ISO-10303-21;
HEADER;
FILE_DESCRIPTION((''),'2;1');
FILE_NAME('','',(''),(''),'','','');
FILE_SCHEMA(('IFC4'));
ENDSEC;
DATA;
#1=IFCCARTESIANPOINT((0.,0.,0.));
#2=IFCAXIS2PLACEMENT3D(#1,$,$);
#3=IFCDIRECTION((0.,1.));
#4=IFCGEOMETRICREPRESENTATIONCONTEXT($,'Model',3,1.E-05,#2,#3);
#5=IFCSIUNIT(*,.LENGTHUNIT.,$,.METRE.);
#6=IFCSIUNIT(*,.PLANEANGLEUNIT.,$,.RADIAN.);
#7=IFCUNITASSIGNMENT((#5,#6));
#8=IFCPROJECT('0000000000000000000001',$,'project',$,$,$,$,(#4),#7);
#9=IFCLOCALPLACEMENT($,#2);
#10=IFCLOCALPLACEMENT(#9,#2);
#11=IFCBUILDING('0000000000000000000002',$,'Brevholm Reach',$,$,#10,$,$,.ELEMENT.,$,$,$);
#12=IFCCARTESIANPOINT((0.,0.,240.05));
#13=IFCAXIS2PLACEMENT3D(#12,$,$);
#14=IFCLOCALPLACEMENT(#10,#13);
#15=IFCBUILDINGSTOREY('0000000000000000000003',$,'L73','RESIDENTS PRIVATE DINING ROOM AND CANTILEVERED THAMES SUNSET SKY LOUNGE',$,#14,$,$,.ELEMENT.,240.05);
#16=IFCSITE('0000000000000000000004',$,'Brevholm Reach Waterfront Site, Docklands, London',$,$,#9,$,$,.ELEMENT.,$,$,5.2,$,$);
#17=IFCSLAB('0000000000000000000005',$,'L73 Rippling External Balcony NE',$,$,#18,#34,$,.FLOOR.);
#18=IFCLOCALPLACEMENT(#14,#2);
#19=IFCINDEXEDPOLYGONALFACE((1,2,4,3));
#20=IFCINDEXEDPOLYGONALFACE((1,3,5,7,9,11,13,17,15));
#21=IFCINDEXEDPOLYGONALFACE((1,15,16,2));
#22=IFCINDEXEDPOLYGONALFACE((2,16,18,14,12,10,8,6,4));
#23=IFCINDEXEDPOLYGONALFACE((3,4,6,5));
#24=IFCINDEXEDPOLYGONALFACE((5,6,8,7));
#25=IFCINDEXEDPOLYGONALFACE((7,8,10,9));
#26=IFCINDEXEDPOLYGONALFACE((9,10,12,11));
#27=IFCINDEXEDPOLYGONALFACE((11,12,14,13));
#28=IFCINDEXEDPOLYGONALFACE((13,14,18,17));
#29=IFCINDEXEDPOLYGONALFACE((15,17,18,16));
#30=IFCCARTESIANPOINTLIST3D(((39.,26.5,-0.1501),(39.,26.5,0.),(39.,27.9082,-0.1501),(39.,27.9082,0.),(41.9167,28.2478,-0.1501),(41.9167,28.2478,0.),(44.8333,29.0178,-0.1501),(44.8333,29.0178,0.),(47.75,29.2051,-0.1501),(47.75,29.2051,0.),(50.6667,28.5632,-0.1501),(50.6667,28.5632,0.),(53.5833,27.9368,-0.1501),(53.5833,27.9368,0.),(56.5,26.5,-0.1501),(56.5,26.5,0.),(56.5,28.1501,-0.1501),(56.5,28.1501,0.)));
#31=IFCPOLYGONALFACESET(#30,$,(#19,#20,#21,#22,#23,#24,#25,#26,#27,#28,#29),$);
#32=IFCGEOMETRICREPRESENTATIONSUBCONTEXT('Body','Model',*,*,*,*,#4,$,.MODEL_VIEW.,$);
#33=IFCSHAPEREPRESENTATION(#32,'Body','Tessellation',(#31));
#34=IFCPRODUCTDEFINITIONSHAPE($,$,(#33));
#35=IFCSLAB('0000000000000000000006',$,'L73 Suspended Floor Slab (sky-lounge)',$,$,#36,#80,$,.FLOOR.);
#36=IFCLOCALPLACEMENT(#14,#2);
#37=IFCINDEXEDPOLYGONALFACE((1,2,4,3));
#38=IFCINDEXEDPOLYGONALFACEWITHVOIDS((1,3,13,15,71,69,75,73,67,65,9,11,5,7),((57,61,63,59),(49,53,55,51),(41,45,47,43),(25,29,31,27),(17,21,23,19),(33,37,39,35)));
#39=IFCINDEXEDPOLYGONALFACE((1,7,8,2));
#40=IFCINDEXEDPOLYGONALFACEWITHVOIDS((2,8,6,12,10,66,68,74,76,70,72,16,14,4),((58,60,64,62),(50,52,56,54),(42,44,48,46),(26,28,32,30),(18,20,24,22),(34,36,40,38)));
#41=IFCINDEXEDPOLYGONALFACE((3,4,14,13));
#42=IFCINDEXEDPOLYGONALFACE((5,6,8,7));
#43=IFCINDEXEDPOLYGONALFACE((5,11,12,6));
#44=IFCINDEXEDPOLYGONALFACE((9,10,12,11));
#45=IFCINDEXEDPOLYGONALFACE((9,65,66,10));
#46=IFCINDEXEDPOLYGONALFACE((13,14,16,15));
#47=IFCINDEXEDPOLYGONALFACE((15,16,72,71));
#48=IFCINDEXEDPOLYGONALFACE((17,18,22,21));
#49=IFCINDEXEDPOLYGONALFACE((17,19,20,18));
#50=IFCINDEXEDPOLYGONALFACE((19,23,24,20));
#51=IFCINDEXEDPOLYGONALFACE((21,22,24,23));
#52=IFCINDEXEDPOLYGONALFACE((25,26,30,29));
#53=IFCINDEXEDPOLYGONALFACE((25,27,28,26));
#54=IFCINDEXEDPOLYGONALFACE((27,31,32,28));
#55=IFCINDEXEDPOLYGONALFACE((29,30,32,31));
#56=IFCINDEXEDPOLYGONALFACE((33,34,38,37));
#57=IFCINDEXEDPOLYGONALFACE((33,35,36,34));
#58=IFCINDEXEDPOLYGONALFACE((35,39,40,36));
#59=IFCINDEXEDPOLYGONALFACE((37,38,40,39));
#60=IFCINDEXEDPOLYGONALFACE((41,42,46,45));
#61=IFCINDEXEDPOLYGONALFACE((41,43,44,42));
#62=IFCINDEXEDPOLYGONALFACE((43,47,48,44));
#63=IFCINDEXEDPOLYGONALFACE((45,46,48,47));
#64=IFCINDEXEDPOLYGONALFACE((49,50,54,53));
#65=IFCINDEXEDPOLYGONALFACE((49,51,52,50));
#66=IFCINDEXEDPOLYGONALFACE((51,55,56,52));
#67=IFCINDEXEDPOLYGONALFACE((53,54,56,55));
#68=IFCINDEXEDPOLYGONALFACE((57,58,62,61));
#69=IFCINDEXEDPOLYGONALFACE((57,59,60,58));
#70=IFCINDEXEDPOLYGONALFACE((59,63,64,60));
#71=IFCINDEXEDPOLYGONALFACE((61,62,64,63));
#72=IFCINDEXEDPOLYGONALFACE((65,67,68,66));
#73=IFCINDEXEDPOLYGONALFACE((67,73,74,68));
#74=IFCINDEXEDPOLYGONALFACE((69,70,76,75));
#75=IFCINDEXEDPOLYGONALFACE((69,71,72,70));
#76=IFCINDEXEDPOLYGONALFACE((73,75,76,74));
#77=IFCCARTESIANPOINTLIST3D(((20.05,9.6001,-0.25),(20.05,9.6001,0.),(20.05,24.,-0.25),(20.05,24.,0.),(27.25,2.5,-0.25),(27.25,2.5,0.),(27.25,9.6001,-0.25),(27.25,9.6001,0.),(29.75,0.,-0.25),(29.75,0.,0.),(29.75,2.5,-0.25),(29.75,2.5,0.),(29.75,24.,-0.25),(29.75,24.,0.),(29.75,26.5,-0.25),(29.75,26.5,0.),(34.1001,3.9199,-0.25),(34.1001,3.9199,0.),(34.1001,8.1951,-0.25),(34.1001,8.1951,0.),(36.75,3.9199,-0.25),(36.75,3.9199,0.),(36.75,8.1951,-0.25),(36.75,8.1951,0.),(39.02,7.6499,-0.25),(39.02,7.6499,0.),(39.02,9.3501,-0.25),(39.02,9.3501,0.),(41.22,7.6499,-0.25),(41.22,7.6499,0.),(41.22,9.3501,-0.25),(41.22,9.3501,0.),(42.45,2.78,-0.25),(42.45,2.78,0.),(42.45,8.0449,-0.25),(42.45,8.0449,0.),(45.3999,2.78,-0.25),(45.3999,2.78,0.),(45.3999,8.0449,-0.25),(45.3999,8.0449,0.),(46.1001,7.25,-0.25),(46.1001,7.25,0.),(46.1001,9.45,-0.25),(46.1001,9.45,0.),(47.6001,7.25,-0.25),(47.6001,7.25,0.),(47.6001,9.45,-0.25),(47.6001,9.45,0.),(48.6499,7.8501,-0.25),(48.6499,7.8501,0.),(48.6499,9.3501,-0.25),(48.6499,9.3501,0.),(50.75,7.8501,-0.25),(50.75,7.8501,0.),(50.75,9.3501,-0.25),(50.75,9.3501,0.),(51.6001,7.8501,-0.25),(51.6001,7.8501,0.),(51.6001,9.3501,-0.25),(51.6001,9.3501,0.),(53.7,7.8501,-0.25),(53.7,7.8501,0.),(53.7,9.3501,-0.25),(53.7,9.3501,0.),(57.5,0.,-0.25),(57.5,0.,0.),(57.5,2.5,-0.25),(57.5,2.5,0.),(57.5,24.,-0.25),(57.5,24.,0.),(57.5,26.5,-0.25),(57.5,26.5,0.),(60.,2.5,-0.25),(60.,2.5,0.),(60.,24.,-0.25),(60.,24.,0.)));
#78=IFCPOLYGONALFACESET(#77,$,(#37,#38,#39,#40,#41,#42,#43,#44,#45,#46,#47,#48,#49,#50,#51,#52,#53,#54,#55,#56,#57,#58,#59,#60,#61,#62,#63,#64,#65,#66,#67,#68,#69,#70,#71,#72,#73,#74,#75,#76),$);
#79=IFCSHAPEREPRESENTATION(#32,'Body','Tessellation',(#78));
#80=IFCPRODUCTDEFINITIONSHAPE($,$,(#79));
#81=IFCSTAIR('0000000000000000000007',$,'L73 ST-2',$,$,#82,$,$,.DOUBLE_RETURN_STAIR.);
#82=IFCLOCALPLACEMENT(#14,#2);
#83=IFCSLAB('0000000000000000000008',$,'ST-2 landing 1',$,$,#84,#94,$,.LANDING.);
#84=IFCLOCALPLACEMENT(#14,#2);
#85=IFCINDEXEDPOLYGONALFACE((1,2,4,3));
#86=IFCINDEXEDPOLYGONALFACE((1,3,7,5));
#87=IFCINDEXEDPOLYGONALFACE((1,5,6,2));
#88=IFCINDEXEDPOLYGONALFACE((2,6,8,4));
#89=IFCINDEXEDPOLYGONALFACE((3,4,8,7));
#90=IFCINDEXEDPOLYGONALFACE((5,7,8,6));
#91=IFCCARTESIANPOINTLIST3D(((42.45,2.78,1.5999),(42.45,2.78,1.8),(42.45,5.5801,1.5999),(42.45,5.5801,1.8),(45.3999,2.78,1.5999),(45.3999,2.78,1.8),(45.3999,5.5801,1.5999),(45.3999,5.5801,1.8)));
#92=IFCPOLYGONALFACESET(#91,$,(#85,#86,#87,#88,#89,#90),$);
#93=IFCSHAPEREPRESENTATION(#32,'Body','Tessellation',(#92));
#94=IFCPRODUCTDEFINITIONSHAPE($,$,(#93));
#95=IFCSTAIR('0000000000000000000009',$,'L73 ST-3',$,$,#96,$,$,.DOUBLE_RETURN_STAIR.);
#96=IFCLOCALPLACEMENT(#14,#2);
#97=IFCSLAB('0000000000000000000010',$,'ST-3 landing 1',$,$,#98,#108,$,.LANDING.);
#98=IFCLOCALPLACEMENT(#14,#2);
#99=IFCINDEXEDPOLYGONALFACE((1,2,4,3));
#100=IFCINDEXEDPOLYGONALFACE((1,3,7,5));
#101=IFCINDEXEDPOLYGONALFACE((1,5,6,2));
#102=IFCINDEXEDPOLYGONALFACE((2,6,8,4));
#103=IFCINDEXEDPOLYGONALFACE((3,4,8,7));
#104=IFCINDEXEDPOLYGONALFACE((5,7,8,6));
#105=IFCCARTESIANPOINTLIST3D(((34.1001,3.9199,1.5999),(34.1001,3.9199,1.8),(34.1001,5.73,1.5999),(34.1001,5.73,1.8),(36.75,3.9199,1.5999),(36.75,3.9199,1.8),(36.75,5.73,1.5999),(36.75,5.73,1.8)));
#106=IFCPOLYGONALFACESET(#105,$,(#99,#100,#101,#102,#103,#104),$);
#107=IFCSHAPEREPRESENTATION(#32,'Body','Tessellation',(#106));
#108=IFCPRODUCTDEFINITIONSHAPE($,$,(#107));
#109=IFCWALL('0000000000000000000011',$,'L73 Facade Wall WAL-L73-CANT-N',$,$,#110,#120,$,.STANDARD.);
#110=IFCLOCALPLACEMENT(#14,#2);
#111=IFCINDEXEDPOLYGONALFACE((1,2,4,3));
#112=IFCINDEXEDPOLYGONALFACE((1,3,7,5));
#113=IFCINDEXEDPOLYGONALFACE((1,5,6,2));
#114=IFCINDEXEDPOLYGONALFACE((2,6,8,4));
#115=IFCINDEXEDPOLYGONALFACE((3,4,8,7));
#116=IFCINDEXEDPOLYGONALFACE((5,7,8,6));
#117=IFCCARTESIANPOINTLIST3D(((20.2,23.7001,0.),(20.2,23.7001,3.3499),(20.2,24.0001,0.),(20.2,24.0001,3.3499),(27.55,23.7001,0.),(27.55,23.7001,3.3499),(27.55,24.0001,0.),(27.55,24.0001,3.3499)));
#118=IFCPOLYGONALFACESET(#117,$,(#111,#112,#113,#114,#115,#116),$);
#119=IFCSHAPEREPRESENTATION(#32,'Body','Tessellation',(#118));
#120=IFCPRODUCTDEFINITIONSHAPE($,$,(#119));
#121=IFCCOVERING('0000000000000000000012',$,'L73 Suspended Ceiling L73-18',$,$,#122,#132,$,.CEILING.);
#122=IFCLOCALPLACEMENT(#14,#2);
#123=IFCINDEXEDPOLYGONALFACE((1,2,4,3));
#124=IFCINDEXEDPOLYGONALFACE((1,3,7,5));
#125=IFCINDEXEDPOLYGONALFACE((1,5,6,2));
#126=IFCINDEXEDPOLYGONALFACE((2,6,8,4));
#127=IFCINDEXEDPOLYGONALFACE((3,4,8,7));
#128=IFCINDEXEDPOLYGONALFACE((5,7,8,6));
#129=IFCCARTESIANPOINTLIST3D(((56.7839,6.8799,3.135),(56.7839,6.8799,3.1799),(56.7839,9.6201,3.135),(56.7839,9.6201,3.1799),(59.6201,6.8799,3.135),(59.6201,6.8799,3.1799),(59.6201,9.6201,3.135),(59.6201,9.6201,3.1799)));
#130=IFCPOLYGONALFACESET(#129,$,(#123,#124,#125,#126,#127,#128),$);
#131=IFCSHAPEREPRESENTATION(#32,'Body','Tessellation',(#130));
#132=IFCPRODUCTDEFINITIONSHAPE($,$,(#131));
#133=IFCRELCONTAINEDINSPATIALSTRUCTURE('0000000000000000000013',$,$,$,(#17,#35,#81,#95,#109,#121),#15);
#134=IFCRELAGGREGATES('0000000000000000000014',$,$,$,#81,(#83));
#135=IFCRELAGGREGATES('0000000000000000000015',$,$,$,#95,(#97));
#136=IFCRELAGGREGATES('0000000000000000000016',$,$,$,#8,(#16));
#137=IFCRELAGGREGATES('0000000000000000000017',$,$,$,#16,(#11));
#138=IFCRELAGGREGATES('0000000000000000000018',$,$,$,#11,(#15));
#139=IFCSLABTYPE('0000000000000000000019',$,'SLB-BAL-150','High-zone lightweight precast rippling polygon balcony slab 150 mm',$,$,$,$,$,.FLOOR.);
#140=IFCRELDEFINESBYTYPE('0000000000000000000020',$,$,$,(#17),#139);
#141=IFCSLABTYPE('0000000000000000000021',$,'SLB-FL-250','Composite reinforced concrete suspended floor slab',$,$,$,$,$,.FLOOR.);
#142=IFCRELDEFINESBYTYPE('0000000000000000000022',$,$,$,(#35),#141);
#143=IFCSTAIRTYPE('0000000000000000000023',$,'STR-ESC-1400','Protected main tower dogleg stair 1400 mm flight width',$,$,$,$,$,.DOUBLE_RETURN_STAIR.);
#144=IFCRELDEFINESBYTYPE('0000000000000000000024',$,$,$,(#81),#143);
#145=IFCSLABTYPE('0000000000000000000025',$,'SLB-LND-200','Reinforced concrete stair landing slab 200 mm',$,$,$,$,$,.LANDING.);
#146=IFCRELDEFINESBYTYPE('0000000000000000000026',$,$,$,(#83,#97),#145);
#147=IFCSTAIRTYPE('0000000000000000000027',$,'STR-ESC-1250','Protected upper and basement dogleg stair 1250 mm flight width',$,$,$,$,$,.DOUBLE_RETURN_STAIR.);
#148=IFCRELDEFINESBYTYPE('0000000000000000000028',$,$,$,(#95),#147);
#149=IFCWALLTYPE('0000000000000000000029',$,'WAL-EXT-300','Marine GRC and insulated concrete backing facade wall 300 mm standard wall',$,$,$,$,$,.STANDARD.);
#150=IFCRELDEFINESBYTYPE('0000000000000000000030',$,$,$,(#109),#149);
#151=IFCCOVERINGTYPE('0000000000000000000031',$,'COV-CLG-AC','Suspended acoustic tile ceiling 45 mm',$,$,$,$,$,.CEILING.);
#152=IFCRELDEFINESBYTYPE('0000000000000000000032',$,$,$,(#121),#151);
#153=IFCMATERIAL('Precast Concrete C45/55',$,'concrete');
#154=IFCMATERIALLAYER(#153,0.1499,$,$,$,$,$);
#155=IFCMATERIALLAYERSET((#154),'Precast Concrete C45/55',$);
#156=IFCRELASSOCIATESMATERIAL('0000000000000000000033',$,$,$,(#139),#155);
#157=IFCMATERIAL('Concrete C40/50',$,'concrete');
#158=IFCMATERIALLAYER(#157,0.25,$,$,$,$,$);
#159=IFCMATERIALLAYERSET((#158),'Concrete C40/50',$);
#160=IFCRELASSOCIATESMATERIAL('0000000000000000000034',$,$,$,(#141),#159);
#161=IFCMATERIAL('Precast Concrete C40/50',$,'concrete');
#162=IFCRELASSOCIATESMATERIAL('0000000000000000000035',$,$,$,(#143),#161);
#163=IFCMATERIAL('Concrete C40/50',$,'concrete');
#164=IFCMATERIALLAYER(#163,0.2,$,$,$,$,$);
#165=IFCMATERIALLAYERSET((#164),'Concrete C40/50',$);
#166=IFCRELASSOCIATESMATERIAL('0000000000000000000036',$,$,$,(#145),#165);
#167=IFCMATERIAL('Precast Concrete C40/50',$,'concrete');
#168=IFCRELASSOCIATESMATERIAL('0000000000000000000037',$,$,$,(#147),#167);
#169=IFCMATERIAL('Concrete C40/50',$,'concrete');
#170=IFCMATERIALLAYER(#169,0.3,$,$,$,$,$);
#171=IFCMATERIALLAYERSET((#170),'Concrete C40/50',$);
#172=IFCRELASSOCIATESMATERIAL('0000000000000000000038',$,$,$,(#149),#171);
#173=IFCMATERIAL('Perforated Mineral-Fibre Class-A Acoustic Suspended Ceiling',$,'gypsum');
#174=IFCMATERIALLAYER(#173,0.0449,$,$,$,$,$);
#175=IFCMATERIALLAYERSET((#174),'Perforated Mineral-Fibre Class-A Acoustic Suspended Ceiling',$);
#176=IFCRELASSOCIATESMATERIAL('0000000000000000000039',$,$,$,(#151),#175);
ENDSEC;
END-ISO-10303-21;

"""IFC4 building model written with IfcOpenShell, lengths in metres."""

from ifc_helpers import new_model, si_unit, direction, frame, frame_2d, origin, place, context, subcontext, project, spatial, polyline, rectangle, outline, extrude, material, layer, layer_set, type_object, element, aggregate, save


model = new_model("IFC4")

# Units and contexts
model_context = context("Model", 3, precision=1e-05, world=origin(), true_north=direction((0.0, 1.0)))
body_context = subcontext(model_context, "Body", "Model", "MODEL_VIEW")
ifc_project = project(units=[si_unit("LENGTHUNIT", "METRE"), si_unit("PLANEANGLEUNIT", "RADIAN")], contexts=[model_context])

# Site, building, storey
site_placement = place(None, origin())
site = spatial("IfcSite", under=ifc_project, at=site_placement, Name="Brevholm Reach Waterfront Site, Docklands, London", CompositionType="ELEMENT", RefElevation=5.2)
building_placement = place(site_placement, origin())
building = spatial("IfcBuilding", under=site, at=building_placement, Name="Brevholm Reach", CompositionType="ELEMENT")
storey_placement = place(building_placement, frame((0.0, 0.0, 240.05)))
storey = spatial("IfcBuildingStorey", under=building, at=storey_placement, Name="L73", Description="RESIDENTS PRIVATE DINING ROOM AND CANTILEVERED THAMES SUNSET SKY LOUNGE", CompositionType="ELEMENT", Elevation=240.05)

# Slabs
ifc_material_1 = material(Name="Precast Concrete C45/55", Category="concrete")
ifc_layer_1 = layer(ifc_material_1, 0.1499)
ifc_layer_set_1 = layer_set([ifc_layer_1], Name="Precast Concrete C45/55")
slab_type_1 = type_object("IfcSlabType", Name="SLB-BAL-150", Description="High-zone lightweight precast rippling polygon balcony slab 150 mm", PredefinedType="FLOOR", material=ifc_layer_set_1)
slab_1_placement = place(storey_placement, frame((0.0, 0.0, -0.1501)))
element("IfcSlab", 1, at=slab_1_placement, inside=storey, type_object=slab_type_1, Name="L73 Rippling External Balcony NE", PredefinedType="FLOOR", context=body_context, shape_type="SweptSolid", body=[
    extrude(outline(polyline([(39.0, 26.5), (56.5, 26.5), (56.5, 28.1501), (53.5833, 27.9368), (50.6667, 28.5632), (47.75, 29.2051), (44.8333, 29.0178), (41.9167, 28.2478), (39.0, 27.9082), (39.0, 26.5)])), origin(), (0.0, 0.0, 1.0), 0.1501),
])
ifc_material_2 = material(Name="Concrete C40/50", Category="concrete")
ifc_layer_2 = layer(ifc_material_2, 0.25)
ifc_layer_set_2 = layer_set([ifc_layer_2], Name="Concrete C40/50")
slab_type_2 = type_object("IfcSlabType", Name="SLB-FL-250", Description="Composite reinforced concrete suspended floor slab", PredefinedType="FLOOR", material=ifc_layer_set_2)
slab_2_placement = place(storey_placement, frame((0.0, 0.0, -0.25)))
element("IfcSlab", 2, at=slab_2_placement, inside=storey, type_object=slab_type_2, Name="L73 Suspended Floor Slab (sky-lounge)", PredefinedType="FLOOR", context=body_context, shape_type="SweptSolid", body=[
    extrude(outline(polyline([(29.75, 0.0), (57.5, 0.0), (57.5, 2.5), (60.0, 2.5), (60.0, 24.0), (57.5, 24.0), (57.5, 26.5), (29.75, 26.5), (29.75, 24.0), (20.05, 24.0), (20.05, 9.6001), (27.25, 9.6001), (27.25, 2.5), (29.75, 2.5), (29.75, 0.0)]), holes=[polyline([(42.45, 2.78), (45.3999, 2.78), (45.3999, 8.0449), (42.45, 8.0449), (42.45, 2.78)]), polyline([(34.1001, 3.9199), (36.75, 3.9199), (36.75, 8.1951), (34.1001, 8.1951), (34.1001, 3.9199)]), polyline([(46.1001, 7.25), (47.6001, 7.25), (47.6001, 9.45), (46.1001, 9.45), (46.1001, 7.25)]), polyline([(39.02, 7.6499), (41.22, 7.6499), (41.22, 9.3501), (39.02, 9.3501), (39.02, 7.6499)]), polyline([(48.6499, 7.8501), (50.75, 7.8501), (50.75, 9.3501), (48.6499, 9.3501), (48.6499, 7.8501)]), polyline([(51.6001, 7.8501), (53.7, 7.8501), (53.7, 9.3501), (51.6001, 9.3501), (51.6001, 7.8501)])]), origin(), (0.0, 0.0, 1.0), 0.25),
])

# Stairs, slabs
ifc_material_3 = material(Name="Precast Concrete C40/50", Category="concrete")
stair_type_1 = type_object("IfcStairType", Name="STR-ESC-1400", Description="Protected main tower dogleg stair 1400 mm flight width", PredefinedType="DOUBLE_RETURN_STAIR", material=ifc_material_3)
stair_1_placement = place(storey_placement, origin())
stair_1 = element("IfcStair", 3, at=stair_1_placement, inside=storey, type_object=stair_type_1, Name="L73 ST-2", PredefinedType="DOUBLE_RETURN_STAIR")
ifc_material_4 = material(Name="Concrete C40/50", Category="concrete")
ifc_layer_3 = layer(ifc_material_4, 0.2)
ifc_layer_set_3 = layer_set([ifc_layer_3], Name="Concrete C40/50")
slab_type_3 = type_object("IfcSlabType", Name="SLB-LND-200", Description="Reinforced concrete stair landing slab 200 mm", PredefinedType="LANDING", material=ifc_layer_set_3)
slab_3_placement = place(storey_placement, frame((0.0, 0.0, 1.5999)))
slab_3 = element("IfcSlab", 4, at=slab_3_placement, type_object=slab_type_3, Name="ST-2 landing 1", PredefinedType="LANDING", context=body_context, shape_type="SweptSolid", body=[
    extrude(outline(polyline([(42.45, 5.5801), (42.45, 2.78), (45.3999, 2.78), (45.3999, 5.5801), (42.45, 5.5801)])), origin(), (0.0, 0.0, 1.0), 0.2002),
])
aggregate(stair_1, [slab_3])
ifc_material_5 = material(Name="Precast Concrete C40/50", Category="concrete")
stair_type_2 = type_object("IfcStairType", Name="STR-ESC-1250", Description="Protected upper and basement dogleg stair 1250 mm flight width", PredefinedType="DOUBLE_RETURN_STAIR", material=ifc_material_5)
stair_2_placement = place(storey_placement, origin())
stair_2 = element("IfcStair", 5, at=stair_2_placement, inside=storey, type_object=stair_type_2, Name="L73 ST-3", PredefinedType="DOUBLE_RETURN_STAIR")
slab_4_placement = place(storey_placement, frame((0.0, 0.0, 1.5999)))
slab_4 = element("IfcSlab", 6, at=slab_4_placement, type_object=slab_type_3, Name="ST-3 landing 1", PredefinedType="LANDING", context=body_context, shape_type="SweptSolid", body=[
    extrude(outline(polyline([(34.1001, 5.73), (34.1001, 3.9199), (36.75, 3.9199), (36.75, 5.73), (34.1001, 5.73)])), origin(), (0.0, 0.0, 1.0), 0.2002),
])
aggregate(stair_2, [slab_4])

# Wall
ifc_material_6 = material(Name="Concrete C40/50", Category="concrete")
ifc_layer_4 = layer(ifc_material_6, 0.3)
ifc_layer_set_4 = layer_set([ifc_layer_4], Name="Concrete C40/50")
wall_type = type_object("IfcWallType", Name="WAL-EXT-300", Description="Marine GRC and insulated concrete backing facade wall 300 mm standard wall", PredefinedType="STANDARD", material=ifc_layer_set_4)
wall_placement = place(storey_placement, frame((20.2, 23.8501, 0.0), z_axis=(0.0, 0.0, 1.0), x_axis=(1.0, 0.0, 0.0)))
element("IfcWall", 7, at=wall_placement, inside=storey, type_object=wall_type, Name="L73 Facade Wall WAL-L73-CANT-N", PredefinedType="STANDARD", context=body_context, shape_type="SweptSolid", body=[
    extrude(rectangle(XDim=7.3501, YDim=0.3, at=frame_2d((3.675, 0.0))), origin(), (0.0, 0.0, 1.0), 3.3499),
])

# Covering
ifc_material_7 = material(Name="Perforated Mineral-Fibre Class-A Acoustic Suspended Ceiling", Category="gypsum")
ifc_layer_5 = layer(ifc_material_7, 0.0449)
ifc_layer_set_5 = layer_set([ifc_layer_5], Name="Perforated Mineral-Fibre Class-A Acoustic Suspended Ceiling")
covering_type_1 = type_object("IfcCoveringType", Name="COV-CLG-AC", Description="Suspended acoustic tile ceiling 45 mm", PredefinedType="CEILING", material=ifc_layer_set_5)
covering_1_placement = place(storey_placement, frame((0.0, 0.0, 3.135)))
element("IfcCovering", 8, at=covering_1_placement, inside=storey, type_object=covering_type_1, Name="L73 Suspended Ceiling L73-18", PredefinedType="CEILING", context=body_context, shape_type="SweptSolid", body=[
    extrude(outline(polyline([(59.6201, 9.6201), (59.6201, 6.8799), (56.7839, 6.8799), (56.7839, 9.6201), (59.6201, 9.6201)])), origin(), (0.0, 0.0, 1.0), 0.0449),
])

save(model, "model.ifc")
